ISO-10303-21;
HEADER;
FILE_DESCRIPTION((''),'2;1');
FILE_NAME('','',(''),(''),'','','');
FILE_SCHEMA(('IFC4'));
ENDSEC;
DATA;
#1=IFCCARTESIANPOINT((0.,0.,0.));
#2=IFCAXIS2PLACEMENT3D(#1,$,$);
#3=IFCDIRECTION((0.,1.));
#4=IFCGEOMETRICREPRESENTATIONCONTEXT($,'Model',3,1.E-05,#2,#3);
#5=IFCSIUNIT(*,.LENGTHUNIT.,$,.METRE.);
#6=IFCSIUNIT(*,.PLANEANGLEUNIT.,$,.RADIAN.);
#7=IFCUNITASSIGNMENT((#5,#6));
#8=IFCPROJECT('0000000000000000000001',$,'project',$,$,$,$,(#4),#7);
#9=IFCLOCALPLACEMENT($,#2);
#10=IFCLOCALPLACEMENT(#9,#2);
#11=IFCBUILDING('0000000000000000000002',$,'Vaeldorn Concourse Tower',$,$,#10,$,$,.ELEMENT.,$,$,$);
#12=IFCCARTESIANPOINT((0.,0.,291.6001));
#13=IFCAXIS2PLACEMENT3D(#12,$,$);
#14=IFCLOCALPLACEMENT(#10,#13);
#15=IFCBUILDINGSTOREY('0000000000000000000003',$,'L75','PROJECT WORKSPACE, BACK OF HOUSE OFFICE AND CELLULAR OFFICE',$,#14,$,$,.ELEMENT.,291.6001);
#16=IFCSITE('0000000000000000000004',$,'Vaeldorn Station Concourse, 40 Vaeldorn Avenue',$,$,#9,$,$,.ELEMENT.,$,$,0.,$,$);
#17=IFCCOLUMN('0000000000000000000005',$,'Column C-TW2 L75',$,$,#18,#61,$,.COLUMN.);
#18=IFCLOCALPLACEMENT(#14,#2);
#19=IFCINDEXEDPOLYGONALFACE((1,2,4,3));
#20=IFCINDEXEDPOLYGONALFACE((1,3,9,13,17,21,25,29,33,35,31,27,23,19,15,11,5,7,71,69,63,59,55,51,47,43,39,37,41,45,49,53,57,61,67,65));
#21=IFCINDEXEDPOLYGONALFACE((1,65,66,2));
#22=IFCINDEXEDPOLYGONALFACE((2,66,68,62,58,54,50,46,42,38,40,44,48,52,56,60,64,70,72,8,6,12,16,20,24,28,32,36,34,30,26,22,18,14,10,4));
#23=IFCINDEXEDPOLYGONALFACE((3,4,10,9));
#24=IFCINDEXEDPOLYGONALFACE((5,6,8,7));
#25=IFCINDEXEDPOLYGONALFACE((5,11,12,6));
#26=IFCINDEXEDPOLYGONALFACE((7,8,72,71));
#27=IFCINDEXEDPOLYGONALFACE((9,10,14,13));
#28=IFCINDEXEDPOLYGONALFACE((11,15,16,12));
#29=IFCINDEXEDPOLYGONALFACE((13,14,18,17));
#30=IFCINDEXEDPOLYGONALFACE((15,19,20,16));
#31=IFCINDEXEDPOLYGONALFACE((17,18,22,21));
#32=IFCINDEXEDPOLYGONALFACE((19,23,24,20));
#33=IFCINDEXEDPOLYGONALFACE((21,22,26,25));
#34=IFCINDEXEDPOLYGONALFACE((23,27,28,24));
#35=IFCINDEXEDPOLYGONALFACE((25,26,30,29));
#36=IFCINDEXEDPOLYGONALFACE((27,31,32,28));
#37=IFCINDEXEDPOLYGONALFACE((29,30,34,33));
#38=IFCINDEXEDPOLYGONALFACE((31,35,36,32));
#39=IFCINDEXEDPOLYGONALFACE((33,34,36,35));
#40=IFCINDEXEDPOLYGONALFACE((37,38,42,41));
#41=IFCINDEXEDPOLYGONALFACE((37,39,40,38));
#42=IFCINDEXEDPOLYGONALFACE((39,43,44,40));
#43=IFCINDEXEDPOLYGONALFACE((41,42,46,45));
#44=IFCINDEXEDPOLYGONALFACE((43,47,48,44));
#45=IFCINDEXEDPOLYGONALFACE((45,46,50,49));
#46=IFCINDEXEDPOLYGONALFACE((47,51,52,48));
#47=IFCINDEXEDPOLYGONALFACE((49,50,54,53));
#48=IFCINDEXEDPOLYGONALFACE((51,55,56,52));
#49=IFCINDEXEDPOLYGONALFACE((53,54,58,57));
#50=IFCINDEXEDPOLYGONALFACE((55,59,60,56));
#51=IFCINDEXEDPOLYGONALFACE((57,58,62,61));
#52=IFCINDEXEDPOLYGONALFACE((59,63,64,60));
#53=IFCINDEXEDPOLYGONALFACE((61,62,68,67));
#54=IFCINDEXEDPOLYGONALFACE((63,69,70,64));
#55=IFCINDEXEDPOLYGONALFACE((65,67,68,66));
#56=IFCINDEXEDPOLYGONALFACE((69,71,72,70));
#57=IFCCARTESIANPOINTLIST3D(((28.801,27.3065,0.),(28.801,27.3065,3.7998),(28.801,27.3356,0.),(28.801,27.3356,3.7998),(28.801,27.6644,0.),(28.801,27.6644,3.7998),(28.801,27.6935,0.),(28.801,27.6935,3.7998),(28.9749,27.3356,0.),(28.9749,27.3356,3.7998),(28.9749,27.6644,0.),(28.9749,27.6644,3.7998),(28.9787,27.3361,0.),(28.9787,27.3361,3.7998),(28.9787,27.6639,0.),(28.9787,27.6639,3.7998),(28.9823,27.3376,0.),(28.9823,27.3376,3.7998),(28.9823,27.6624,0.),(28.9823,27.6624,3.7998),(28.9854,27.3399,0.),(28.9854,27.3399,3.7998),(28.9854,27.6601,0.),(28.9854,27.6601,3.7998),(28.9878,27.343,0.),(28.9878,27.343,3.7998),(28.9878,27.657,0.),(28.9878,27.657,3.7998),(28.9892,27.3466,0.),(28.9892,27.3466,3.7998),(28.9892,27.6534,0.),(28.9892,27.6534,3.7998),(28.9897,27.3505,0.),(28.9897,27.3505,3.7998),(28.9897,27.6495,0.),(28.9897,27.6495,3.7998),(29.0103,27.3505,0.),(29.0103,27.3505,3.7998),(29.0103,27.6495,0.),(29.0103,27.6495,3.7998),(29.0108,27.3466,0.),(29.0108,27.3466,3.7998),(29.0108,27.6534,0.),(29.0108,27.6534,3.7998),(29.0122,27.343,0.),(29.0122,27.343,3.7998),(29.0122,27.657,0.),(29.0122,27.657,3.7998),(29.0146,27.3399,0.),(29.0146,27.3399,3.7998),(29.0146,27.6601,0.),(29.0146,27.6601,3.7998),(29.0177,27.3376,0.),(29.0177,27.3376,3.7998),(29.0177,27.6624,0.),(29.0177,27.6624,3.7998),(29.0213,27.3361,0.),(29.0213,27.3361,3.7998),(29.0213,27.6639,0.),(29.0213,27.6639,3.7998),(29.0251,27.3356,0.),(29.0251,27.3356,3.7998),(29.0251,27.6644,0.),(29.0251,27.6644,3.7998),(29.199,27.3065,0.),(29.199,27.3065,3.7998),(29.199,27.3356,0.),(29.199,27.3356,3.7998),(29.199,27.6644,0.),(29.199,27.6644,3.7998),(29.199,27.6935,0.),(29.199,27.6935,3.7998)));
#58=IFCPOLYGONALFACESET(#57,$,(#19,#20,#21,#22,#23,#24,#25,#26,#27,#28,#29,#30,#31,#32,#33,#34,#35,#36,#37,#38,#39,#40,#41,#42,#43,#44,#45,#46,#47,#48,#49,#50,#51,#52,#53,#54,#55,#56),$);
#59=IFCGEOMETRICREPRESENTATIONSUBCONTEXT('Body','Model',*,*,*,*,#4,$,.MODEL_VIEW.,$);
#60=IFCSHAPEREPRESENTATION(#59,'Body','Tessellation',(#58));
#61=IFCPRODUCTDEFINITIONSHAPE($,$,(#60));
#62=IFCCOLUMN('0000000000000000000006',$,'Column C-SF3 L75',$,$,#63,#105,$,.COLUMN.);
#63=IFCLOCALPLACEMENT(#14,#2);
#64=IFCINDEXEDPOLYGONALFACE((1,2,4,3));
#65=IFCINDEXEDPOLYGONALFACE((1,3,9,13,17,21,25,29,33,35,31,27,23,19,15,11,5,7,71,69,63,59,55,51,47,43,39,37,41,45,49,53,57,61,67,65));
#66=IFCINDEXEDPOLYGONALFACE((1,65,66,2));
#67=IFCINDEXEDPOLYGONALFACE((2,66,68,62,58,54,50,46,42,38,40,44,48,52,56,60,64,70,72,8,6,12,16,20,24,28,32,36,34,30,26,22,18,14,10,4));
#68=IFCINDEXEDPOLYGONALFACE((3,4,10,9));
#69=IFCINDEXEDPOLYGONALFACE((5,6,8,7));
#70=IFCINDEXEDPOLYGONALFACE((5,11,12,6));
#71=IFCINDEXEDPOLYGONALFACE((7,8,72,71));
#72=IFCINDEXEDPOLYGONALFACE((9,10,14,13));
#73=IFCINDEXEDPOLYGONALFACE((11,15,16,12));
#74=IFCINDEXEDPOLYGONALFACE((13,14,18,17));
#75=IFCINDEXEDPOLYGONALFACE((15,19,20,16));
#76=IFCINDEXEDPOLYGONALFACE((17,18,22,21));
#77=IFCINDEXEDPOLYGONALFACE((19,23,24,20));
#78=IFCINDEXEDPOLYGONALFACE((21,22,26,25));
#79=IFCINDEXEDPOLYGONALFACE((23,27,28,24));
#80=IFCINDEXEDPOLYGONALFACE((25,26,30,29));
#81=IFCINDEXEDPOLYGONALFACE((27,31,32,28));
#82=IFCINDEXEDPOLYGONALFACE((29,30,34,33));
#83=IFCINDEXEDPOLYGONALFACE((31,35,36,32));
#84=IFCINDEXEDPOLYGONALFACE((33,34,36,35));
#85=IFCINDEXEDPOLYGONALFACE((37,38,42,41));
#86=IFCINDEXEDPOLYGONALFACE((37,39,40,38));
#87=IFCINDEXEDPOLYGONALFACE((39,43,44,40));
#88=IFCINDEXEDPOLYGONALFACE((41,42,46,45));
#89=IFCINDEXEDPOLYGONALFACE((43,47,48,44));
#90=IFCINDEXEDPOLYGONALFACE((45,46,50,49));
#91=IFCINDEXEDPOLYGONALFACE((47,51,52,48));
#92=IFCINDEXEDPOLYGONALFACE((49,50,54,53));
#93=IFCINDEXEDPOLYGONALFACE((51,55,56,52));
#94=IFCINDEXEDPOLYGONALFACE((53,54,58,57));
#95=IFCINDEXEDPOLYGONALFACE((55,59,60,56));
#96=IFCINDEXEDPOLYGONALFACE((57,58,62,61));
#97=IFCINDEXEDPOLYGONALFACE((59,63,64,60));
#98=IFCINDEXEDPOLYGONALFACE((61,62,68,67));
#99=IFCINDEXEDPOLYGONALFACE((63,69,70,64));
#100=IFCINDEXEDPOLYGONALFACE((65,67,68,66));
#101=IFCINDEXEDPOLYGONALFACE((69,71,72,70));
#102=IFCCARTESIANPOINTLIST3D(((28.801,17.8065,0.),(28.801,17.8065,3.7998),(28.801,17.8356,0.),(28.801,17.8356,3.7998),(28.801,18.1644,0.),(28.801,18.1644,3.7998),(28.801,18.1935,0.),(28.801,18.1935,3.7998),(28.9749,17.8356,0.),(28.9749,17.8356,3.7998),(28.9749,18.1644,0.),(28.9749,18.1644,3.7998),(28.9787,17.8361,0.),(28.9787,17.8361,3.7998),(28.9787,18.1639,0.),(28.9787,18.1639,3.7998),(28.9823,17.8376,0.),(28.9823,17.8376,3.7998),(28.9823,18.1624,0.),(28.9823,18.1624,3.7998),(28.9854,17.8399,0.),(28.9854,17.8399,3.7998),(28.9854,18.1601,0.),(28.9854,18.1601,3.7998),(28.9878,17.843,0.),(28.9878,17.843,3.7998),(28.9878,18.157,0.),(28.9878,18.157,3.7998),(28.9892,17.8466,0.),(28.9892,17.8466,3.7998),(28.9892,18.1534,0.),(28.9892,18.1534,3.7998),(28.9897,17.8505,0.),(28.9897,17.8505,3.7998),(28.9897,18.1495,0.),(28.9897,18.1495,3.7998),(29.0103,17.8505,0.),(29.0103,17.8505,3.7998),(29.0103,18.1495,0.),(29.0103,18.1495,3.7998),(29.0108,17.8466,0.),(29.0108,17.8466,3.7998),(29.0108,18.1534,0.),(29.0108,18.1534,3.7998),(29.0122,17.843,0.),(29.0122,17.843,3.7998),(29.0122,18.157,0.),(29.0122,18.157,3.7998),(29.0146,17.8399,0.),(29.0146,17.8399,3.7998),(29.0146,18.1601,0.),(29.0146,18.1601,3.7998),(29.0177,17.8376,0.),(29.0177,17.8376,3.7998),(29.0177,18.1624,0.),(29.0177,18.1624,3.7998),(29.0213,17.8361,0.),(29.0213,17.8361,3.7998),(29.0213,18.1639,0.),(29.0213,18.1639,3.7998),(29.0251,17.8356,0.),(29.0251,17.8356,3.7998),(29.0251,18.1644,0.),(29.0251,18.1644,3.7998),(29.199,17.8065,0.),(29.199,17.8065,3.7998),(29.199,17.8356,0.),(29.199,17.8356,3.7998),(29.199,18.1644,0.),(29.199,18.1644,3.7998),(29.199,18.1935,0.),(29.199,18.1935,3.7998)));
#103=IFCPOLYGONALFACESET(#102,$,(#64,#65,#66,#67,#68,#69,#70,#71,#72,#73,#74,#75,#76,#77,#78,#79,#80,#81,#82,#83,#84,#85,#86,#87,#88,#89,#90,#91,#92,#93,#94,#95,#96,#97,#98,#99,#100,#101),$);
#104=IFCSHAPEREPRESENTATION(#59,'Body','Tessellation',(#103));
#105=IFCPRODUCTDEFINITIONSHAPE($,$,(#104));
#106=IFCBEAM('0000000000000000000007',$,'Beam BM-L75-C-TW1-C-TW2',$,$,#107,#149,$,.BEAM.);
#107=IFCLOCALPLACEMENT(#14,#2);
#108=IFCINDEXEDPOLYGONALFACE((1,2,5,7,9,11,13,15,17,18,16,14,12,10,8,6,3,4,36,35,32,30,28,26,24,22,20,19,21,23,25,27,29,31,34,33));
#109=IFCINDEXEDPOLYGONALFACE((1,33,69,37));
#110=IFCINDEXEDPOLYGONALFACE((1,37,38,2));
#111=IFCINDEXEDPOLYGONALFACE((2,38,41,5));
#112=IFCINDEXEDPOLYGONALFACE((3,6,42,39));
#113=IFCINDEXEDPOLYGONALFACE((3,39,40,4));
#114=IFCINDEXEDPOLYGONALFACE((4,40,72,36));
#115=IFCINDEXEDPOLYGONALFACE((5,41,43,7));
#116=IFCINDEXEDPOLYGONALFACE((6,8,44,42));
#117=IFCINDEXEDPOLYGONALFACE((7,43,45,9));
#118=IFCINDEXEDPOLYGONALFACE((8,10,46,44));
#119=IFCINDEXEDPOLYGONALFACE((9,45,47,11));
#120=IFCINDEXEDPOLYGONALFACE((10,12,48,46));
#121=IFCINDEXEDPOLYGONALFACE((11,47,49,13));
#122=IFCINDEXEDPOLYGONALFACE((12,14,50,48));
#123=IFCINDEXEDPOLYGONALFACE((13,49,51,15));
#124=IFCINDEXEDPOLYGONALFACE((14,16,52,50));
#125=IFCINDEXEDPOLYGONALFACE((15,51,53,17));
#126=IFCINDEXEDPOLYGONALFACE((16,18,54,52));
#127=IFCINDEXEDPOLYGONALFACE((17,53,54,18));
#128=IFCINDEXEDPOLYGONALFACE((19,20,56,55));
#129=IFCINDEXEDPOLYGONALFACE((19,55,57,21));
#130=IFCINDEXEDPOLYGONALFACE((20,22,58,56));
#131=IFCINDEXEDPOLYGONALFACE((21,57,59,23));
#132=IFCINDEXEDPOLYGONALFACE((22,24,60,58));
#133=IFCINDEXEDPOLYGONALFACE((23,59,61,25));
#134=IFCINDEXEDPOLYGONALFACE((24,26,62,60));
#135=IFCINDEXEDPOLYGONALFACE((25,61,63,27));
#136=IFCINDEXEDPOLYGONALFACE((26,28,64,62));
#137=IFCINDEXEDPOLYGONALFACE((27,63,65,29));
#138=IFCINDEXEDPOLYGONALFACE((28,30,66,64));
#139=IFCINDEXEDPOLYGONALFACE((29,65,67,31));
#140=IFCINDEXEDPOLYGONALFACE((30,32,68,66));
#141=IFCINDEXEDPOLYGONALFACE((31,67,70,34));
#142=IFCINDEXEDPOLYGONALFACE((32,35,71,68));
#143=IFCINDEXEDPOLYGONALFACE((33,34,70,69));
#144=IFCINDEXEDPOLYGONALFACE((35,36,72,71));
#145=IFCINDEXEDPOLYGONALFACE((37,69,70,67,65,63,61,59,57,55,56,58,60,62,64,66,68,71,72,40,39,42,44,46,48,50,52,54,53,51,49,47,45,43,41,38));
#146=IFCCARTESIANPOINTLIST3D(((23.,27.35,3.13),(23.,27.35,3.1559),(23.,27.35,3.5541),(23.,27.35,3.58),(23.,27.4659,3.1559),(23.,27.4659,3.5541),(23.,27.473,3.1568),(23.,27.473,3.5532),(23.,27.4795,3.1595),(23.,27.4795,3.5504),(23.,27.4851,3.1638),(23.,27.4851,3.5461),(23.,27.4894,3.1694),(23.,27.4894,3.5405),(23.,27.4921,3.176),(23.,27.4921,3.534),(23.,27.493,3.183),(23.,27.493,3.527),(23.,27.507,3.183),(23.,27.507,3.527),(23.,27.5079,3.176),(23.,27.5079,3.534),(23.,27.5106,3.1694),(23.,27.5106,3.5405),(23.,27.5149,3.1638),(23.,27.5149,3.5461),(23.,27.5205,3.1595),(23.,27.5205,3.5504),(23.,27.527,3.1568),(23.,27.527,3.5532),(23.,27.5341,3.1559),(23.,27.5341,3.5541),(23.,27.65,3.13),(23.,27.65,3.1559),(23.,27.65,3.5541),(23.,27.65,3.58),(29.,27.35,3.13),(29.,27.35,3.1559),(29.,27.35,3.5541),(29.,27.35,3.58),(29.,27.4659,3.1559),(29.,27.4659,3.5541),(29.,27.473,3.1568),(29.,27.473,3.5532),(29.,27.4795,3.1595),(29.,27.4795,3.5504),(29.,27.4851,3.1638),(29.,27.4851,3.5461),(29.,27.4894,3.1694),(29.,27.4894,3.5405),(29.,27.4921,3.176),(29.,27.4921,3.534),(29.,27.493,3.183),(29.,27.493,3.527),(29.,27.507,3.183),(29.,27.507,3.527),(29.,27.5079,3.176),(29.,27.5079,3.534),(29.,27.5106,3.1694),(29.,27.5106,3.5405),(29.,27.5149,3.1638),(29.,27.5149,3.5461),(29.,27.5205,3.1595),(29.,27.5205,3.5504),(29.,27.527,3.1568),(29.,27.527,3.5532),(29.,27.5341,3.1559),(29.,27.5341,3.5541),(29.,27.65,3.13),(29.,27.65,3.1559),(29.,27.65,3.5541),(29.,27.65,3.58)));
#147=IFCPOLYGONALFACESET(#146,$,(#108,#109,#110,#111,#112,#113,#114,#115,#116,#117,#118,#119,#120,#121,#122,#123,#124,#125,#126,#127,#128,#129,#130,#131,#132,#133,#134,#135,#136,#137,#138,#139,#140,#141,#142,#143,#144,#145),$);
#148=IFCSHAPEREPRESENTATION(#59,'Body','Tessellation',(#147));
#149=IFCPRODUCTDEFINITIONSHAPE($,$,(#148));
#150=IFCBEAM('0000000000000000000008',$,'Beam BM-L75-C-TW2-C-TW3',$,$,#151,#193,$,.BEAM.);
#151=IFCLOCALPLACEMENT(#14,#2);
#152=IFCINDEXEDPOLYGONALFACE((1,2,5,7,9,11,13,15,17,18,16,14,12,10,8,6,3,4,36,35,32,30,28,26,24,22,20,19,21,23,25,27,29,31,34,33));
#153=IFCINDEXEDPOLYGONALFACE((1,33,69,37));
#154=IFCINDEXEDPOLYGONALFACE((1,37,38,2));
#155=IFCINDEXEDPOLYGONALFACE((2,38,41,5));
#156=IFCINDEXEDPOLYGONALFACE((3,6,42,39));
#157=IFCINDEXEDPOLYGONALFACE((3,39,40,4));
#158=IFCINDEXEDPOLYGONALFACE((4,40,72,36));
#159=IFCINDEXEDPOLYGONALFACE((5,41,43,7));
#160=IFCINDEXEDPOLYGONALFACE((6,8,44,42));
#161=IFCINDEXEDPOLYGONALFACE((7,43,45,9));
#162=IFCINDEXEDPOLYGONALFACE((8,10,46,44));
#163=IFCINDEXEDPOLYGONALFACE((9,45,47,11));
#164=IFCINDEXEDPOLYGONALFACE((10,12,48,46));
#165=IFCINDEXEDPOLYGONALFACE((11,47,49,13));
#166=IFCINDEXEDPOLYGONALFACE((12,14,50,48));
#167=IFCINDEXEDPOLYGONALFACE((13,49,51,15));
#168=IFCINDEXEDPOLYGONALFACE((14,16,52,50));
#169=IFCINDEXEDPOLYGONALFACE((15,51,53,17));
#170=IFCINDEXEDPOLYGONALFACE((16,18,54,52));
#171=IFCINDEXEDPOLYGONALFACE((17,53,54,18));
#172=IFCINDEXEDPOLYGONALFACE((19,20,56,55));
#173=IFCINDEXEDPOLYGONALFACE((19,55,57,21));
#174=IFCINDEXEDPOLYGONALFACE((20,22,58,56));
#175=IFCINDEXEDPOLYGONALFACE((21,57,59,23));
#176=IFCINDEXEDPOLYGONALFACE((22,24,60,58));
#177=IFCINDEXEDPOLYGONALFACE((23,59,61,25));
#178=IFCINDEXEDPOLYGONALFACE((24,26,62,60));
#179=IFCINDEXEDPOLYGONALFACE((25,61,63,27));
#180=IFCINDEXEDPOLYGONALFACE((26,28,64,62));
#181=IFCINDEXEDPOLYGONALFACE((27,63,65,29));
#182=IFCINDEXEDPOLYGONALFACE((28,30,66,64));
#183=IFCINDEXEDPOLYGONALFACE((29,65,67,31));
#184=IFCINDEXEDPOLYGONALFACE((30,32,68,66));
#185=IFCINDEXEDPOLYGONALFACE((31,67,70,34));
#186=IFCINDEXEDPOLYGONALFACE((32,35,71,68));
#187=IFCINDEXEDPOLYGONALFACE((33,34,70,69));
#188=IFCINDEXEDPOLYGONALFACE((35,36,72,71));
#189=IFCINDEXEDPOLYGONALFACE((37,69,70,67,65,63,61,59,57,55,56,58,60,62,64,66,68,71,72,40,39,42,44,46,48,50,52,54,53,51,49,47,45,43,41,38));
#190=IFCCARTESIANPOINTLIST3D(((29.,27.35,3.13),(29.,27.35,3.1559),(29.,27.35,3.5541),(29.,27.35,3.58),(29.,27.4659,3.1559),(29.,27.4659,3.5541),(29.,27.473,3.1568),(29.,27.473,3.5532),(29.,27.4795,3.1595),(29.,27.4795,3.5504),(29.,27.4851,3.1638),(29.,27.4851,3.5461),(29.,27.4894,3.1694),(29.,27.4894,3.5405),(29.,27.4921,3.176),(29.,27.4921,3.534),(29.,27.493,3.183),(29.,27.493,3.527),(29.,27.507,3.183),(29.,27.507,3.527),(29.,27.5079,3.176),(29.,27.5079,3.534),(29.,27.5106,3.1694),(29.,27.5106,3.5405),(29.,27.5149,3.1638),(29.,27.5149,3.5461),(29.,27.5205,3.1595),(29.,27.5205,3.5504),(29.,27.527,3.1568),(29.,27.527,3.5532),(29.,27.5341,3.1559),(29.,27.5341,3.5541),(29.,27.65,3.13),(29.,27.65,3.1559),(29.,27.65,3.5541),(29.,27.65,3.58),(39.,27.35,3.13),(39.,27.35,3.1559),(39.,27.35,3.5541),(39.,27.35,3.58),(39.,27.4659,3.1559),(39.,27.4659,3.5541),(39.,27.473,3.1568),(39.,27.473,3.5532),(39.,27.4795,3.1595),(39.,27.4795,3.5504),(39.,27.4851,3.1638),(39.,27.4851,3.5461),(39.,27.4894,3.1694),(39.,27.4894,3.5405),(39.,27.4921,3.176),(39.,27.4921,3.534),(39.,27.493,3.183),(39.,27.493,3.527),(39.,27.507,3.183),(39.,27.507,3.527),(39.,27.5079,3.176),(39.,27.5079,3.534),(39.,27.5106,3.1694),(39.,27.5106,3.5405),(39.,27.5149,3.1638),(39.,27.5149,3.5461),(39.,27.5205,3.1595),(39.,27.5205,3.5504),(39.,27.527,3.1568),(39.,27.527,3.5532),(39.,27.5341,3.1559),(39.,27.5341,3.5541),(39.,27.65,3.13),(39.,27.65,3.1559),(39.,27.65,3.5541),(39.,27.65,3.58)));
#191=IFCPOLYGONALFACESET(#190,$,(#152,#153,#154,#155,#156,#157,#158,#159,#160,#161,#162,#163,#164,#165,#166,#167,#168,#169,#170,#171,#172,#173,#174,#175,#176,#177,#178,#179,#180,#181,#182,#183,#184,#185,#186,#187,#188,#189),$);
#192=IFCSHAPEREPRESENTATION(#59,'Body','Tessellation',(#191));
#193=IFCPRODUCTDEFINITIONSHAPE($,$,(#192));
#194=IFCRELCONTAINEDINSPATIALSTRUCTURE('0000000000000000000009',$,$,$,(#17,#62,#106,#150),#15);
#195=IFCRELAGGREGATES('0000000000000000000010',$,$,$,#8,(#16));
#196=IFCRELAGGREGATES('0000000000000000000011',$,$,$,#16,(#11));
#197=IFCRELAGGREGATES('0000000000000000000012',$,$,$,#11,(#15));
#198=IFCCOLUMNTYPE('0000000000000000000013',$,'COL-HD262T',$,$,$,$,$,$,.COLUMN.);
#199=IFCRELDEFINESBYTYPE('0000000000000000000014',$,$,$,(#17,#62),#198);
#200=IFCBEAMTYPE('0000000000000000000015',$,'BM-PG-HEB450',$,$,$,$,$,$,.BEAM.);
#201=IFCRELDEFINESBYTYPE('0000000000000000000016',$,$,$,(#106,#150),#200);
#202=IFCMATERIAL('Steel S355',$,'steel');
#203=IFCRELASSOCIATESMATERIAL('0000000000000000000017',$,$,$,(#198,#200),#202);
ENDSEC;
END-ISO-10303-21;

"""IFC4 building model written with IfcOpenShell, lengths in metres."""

from ifc_helpers import new_model, si_unit, direction, frame, origin, origin_2d, place, context, subcontext, project, spatial, i_section, extrude, source, transform, mapped, material, material_profile, profile_set, type_object, element, save


model = new_model("IFC4")

# Units and contexts
model_context = context("Model", 3, precision=1e-05, world=origin(), true_north=direction((0.0, 1.0)))
body_context = subcontext(model_context, "Body", "Model", "MODEL_VIEW")
ifc_project = project(units=[si_unit("LENGTHUNIT", "METRE"), si_unit("PLANEANGLEUNIT", "RADIAN")], contexts=[model_context])

# Site, building, storey
site_placement = place(None, origin())
site = spatial("IfcSite", under=ifc_project, at=site_placement, Name="Vaeldorn Station Concourse, 40 Vaeldorn Avenue", CompositionType="ELEMENT", RefElevation=0.0)
building_placement = place(site_placement, origin())
building = spatial("IfcBuilding", under=site, at=building_placement, Name="Vaeldorn Concourse Tower", CompositionType="ELEMENT")
storey_placement = place(building_placement, frame((0.0, 0.0, 291.6001)))
storey = spatial("IfcBuildingStorey", under=building, at=storey_placement, Name="L75", Description="PROJECT WORKSPACE, BACK OF HOUSE OFFICE AND CELLULAR OFFICE", CompositionType="ELEMENT", Elevation=291.6001)

# Columns
ifc_material_1 = material(Name="Steel S355", Category="steel")
ifc_material_profile_1 = material_profile(ifc_material_1, i_section(OverallWidth=0.3979, OverallDepth=0.387, WebThickness=0.0205, FlangeThickness=0.0291, FilletRadius=0.0149, at=origin_2d()), Name="HD 400x262")
ifc_profile_set_1 = profile_set([ifc_material_profile_1], Name="Steel S355")
column_type = type_object("IfcColumnType", Name="COL-HD262T", PredefinedType="COLUMN", material=ifc_profile_set_1)
shared_shape_1 = source(origin(), body_context, "Body", "SweptSolid", [
    extrude(i_section(OverallWidth=0.3979, OverallDepth=0.387, WebThickness=0.0205, FlangeThickness=0.0291, FilletRadius=0.0149, at=origin_2d()), origin(), (0.0, 0.0, 1.0), 3.7998),
])
for number, where, z_axis, x_axis, name in (
    (1, (29.0, 27.5, 0.0), (0.0, 0.0, 1.0), (1.0, 0.0, 0.0), "Column C-TW2 L75"),
    (2, (29.0, 18.0, 0.0), (0.0, 0.0, 1.0), (1.0, 0.0, 0.0), "Column C-SF3 L75"),
):
    element("IfcColumn", number, at=place(storey_placement, frame(where, z_axis=z_axis, x_axis=x_axis)), inside=storey, type_object=column_type, Name=name, PredefinedType="COLUMN", context=body_context, shape_type="MappedRepresentation", body=[
        mapped(shared_shape_1, transform((0.0, 0.0, 0.0), scale=1.0)),
    ])

# Beams
ifc_material_profile_2 = material_profile(ifc_material_1, i_section(OverallWidth=0.3, OverallDepth=0.45, WebThickness=0.0139, FlangeThickness=0.0259, FilletRadius=0.0271, at=origin_2d()), Name="HEB 450")
ifc_profile_set_2 = profile_set([ifc_material_profile_2], Name="Steel S355")
beam_type_1 = type_object("IfcBeamType", Name="BM-PG-HEB450", PredefinedType="BEAM", material=ifc_profile_set_2)
shared_shape_2 = source(origin(), body_context, "Body", "SweptSolid", [
    extrude(i_section(OverallWidth=0.3, OverallDepth=0.45, WebThickness=0.0139, FlangeThickness=0.0259, FilletRadius=0.0271, at=origin_2d()), origin(), (0.0, 0.0, 1.0), 6.0),
])
beam_1_placement = place(storey_placement, frame((23.0, 27.5, 3.355), z_axis=(1.0, 0.0, 0.0), x_axis=(0.0, 1.0, 0.0)))
element("IfcBeam", 3, at=beam_1_placement, inside=storey, type_object=beam_type_1, Name="Beam BM-L75-C-TW1-C-TW2", PredefinedType="BEAM", context=body_context, shape_type="MappedRepresentation", body=[
    mapped(shared_shape_2, transform((0.0, 0.0, 0.0), scale=1.0)),
])
shared_shape_3 = source(origin(), body_context, "Body", "SweptSolid", [
    extrude(i_section(OverallWidth=0.3, OverallDepth=0.45, WebThickness=0.0139, FlangeThickness=0.0259, FilletRadius=0.0271, at=origin_2d()), origin(), (0.0, 0.0, 1.0), 10.0),
])
beam_2_placement = place(storey_placement, frame((29.0, 27.5, 3.355), z_axis=(1.0, 0.0, 0.0), x_axis=(0.0, 1.0, 0.0)))
element("IfcBeam", 4, at=beam_2_placement, inside=storey, type_object=beam_type_1, Name="Beam BM-L75-C-TW2-C-TW3", PredefinedType="BEAM", context=body_context, shape_type="MappedRepresentation", body=[
    mapped(shared_shape_3, transform((0.0, 0.0, 0.0), scale=1.0)),
])

save(model, "model.ifc")
